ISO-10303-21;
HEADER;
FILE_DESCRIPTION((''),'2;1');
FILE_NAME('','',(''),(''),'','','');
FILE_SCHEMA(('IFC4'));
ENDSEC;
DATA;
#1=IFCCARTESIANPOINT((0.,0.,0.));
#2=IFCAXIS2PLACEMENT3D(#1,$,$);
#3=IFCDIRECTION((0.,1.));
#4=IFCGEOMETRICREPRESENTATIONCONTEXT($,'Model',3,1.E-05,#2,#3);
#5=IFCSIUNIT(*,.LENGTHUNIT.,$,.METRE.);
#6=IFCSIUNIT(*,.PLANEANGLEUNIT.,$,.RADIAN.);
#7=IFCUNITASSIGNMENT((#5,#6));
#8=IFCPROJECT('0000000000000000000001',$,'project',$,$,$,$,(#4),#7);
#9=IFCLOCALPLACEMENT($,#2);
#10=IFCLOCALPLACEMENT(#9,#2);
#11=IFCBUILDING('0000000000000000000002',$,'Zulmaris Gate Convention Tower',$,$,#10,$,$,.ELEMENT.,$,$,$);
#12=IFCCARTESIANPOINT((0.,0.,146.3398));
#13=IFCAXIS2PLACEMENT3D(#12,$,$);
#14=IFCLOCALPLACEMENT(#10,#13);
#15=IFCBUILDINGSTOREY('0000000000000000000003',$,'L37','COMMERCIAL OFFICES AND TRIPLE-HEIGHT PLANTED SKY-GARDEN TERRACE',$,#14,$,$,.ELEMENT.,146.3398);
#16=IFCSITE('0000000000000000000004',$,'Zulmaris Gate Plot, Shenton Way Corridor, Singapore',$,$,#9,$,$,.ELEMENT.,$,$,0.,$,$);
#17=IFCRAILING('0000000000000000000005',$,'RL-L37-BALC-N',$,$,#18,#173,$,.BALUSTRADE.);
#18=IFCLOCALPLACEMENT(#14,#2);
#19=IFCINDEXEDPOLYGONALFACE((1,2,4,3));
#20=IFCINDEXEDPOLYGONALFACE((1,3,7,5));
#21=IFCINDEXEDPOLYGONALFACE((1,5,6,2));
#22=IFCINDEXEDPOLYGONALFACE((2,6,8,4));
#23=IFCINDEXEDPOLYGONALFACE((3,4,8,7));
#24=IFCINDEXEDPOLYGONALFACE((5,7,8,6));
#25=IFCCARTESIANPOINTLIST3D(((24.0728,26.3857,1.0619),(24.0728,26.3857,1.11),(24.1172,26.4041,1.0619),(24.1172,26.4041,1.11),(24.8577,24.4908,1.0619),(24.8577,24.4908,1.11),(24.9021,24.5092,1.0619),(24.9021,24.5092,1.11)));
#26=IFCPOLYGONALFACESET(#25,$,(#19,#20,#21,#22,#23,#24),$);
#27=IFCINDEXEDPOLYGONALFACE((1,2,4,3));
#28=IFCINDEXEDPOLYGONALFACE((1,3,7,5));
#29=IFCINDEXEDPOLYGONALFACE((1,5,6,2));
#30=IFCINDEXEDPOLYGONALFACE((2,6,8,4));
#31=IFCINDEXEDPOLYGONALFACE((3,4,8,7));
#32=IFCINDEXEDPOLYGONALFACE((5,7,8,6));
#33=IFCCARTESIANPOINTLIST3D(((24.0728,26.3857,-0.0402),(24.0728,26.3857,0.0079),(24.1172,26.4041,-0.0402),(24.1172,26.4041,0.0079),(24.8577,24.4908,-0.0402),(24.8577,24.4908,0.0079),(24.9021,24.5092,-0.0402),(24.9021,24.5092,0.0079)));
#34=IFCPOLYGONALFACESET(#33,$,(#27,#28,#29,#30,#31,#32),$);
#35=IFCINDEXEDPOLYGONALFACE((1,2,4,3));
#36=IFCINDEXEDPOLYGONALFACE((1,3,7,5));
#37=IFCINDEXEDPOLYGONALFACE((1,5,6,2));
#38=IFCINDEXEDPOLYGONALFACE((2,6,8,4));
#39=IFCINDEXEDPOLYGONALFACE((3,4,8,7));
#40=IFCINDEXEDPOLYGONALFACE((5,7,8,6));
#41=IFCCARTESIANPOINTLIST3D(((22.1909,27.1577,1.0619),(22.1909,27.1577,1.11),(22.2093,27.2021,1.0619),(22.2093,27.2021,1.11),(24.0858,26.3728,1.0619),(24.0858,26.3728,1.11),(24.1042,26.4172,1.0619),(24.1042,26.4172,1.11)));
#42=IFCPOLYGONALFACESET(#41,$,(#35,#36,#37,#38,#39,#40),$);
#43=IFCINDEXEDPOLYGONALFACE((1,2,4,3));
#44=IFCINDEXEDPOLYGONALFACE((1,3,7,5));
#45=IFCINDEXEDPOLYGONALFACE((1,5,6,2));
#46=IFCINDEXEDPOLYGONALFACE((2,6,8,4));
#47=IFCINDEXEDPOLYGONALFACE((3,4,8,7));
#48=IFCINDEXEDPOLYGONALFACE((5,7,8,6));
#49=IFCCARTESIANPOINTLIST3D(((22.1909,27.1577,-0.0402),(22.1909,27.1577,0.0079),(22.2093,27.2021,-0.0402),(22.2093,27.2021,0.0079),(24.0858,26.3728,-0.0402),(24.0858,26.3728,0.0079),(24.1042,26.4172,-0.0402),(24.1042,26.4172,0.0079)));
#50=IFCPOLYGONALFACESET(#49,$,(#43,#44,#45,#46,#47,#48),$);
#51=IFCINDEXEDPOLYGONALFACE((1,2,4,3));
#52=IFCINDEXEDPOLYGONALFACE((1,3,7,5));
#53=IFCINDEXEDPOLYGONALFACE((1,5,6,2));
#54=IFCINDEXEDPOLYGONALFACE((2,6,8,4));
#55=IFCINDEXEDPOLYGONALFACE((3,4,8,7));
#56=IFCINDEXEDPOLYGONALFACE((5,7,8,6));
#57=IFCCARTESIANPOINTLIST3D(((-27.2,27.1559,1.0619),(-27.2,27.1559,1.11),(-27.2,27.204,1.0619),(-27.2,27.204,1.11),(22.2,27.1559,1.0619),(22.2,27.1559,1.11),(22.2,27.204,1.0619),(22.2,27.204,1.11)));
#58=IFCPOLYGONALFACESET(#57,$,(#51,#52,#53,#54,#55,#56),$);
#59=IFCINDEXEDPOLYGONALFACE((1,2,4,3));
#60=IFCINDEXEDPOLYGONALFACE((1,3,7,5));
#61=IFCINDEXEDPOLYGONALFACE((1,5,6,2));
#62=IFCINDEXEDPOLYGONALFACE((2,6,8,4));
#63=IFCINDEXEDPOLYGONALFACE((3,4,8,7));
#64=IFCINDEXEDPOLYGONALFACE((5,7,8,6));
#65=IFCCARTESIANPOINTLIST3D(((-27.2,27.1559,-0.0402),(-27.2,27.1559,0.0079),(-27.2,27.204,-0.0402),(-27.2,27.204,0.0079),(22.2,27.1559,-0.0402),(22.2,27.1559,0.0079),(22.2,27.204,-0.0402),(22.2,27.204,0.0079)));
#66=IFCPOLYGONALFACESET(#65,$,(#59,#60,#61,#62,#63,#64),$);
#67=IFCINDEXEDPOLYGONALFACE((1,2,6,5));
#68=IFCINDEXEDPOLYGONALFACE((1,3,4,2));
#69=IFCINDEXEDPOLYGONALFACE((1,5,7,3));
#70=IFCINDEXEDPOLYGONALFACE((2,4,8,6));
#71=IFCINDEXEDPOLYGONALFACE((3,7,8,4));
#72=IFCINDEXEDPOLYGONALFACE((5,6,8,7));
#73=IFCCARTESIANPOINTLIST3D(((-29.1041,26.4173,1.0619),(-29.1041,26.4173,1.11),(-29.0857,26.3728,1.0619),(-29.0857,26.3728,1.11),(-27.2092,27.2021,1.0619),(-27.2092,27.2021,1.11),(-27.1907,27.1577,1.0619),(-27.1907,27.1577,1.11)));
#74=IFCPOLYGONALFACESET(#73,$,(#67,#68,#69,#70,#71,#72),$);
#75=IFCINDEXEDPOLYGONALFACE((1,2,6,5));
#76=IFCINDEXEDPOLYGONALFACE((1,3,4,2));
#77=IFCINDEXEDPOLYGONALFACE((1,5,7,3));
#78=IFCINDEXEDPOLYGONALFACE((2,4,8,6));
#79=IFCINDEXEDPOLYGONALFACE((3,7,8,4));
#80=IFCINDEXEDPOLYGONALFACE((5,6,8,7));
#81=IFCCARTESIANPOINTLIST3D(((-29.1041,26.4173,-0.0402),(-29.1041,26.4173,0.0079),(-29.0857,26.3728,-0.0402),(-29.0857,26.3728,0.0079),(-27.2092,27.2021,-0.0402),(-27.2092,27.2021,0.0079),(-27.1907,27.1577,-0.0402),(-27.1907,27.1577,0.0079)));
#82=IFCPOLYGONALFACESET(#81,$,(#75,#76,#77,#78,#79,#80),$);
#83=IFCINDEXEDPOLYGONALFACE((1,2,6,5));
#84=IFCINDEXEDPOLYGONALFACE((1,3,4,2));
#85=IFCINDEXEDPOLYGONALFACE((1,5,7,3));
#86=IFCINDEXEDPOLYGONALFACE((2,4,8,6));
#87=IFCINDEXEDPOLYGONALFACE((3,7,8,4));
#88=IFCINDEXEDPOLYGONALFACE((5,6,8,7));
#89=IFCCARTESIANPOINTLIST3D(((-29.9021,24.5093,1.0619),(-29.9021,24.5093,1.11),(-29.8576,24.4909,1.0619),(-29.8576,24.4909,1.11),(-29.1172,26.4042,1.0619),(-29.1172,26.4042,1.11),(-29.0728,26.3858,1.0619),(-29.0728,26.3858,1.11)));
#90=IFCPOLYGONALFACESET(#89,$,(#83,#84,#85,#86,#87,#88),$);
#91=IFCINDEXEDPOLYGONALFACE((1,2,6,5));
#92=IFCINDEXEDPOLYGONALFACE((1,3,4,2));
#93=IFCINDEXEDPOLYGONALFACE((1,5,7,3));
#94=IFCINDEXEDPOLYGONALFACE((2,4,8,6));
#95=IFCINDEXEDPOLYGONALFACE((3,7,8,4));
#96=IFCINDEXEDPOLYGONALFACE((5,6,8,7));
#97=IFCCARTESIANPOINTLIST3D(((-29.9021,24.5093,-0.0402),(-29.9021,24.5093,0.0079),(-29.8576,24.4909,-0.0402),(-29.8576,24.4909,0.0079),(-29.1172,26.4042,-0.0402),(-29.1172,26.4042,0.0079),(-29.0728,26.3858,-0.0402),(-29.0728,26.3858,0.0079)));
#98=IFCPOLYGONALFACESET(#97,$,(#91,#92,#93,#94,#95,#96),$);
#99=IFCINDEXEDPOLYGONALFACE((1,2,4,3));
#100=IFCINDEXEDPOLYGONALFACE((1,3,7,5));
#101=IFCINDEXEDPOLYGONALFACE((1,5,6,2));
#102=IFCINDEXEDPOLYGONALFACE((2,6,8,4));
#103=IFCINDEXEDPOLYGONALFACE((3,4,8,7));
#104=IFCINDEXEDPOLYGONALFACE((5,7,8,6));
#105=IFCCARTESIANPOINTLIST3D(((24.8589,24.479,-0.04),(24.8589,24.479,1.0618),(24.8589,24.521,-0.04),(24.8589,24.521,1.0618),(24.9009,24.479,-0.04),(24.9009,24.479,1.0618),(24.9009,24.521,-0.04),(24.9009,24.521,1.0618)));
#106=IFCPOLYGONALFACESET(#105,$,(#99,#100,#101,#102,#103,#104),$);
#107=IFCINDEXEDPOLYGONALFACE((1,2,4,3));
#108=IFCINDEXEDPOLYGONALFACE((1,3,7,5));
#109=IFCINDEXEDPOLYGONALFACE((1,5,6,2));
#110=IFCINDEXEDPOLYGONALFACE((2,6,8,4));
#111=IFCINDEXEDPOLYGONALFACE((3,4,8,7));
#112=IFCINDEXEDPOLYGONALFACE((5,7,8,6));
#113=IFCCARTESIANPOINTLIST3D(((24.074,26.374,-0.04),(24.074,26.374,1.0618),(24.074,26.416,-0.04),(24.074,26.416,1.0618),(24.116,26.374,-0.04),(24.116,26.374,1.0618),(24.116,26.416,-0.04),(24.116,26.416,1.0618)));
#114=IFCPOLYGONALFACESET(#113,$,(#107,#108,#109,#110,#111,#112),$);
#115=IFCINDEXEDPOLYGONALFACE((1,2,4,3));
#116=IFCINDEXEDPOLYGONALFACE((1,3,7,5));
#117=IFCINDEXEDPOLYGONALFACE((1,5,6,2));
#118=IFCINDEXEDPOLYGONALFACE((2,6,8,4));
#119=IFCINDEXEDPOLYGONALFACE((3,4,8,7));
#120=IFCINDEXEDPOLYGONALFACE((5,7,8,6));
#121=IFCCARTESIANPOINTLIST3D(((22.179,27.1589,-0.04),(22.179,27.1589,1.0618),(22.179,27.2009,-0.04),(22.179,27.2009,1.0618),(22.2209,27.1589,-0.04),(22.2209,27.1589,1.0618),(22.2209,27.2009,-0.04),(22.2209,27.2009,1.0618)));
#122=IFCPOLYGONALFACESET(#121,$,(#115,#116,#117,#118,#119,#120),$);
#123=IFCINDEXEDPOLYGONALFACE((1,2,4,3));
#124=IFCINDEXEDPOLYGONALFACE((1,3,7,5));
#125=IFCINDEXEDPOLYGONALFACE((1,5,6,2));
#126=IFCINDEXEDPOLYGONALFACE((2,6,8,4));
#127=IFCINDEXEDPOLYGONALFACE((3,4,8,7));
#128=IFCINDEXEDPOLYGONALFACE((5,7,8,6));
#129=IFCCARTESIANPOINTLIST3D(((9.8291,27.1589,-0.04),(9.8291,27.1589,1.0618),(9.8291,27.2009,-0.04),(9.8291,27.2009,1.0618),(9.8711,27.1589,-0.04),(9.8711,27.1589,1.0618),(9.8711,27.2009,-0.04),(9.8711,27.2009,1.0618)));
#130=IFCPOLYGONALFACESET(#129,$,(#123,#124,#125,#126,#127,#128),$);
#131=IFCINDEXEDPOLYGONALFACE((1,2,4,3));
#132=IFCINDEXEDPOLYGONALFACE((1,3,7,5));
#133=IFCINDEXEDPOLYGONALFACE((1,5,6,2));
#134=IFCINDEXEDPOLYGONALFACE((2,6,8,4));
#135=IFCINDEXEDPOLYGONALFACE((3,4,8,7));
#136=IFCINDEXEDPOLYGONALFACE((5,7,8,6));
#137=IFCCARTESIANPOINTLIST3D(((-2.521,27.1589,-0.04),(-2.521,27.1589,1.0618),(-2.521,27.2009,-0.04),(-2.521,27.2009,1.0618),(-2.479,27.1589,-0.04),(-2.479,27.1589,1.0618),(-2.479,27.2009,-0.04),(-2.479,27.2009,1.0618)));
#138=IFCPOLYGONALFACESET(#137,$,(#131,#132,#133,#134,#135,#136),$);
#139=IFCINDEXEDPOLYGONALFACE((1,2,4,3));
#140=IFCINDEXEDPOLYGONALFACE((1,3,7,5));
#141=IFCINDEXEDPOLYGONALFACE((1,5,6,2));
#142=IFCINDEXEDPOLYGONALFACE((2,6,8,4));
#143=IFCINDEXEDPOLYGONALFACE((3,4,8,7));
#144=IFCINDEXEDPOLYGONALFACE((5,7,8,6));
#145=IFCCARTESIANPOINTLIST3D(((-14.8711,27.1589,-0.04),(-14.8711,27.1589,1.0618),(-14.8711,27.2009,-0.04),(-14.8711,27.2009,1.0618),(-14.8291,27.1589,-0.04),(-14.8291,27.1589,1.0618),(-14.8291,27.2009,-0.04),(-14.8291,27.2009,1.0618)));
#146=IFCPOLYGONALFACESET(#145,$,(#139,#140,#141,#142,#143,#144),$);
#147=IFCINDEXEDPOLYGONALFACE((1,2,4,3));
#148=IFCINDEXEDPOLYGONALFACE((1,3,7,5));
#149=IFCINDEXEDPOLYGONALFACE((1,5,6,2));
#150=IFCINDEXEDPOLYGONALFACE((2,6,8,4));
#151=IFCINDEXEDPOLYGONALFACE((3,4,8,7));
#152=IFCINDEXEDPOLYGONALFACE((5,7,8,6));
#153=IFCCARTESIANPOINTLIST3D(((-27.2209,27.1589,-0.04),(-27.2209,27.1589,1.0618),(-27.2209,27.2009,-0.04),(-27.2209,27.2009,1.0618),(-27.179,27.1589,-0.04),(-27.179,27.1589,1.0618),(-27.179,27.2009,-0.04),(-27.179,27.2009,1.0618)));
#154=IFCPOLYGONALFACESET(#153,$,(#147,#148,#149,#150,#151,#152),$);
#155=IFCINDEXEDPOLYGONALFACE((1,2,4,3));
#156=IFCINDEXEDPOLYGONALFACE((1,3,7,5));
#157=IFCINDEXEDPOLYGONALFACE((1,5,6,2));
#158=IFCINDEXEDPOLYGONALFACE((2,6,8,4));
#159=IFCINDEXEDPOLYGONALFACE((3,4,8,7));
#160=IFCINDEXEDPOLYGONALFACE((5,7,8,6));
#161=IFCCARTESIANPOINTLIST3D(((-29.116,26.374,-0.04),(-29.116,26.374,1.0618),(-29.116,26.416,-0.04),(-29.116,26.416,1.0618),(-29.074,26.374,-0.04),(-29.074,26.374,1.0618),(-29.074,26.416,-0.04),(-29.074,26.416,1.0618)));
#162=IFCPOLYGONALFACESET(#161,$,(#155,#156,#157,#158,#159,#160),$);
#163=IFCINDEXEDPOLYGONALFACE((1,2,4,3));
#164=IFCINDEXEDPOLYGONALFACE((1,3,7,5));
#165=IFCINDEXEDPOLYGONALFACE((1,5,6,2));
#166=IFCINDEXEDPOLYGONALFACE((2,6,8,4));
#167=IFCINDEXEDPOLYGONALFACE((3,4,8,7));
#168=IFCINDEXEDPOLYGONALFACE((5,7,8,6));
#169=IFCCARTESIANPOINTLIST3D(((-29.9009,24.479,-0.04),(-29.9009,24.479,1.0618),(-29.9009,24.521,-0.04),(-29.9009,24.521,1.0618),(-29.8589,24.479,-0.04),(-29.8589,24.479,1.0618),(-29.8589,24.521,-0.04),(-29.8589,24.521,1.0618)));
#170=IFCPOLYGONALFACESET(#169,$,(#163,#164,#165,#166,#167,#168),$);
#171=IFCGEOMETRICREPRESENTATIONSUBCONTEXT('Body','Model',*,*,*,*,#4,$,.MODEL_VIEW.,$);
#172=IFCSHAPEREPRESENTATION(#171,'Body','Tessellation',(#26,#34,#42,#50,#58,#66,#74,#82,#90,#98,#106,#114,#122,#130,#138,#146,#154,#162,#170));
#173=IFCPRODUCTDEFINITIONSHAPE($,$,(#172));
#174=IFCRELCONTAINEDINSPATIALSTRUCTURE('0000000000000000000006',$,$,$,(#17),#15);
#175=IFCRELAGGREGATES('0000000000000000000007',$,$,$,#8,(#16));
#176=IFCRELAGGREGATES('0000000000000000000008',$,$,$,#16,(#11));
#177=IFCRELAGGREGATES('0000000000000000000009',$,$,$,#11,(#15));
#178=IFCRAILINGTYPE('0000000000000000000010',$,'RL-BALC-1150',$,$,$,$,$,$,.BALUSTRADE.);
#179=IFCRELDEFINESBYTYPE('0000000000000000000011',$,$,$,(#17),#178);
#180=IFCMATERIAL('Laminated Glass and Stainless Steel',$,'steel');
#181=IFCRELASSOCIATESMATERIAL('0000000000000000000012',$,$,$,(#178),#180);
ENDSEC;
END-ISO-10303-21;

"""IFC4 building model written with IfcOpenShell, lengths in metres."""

from ifc_helpers import new_model, si_unit, direction, frame, origin, origin_2d, place, context, subcontext, project, spatial, rectangle, extrude, material, type_object, element, save


model = new_model("IFC4")

# Units and contexts
model_context = context("Model", 3, precision=1e-05, world=origin(), true_north=direction((0.0, 1.0)))
body_context = subcontext(model_context, "Body", "Model", "MODEL_VIEW")
ifc_project = project(units=[si_unit("LENGTHUNIT", "METRE"), si_unit("PLANEANGLEUNIT", "RADIAN")], contexts=[model_context])

# Site, building, storey
site_placement = place(None, origin())
site = spatial("IfcSite", under=ifc_project, at=site_placement, Name="Zulmaris Gate Plot, Shenton Way Corridor, Singapore", CompositionType="ELEMENT", RefElevation=0.0)
building_placement = place(site_placement, origin())
building = spatial("IfcBuilding", under=site, at=building_placement, Name="Zulmaris Gate Convention Tower", CompositionType="ELEMENT")
storey_placement = place(building_placement, frame((0.0, 0.0, 146.3398)))
storey = spatial("IfcBuildingStorey", under=building, at=storey_placement, Name="L37", Description="COMMERCIAL OFFICES AND TRIPLE-HEIGHT PLANTED SKY-GARDEN TERRACE", CompositionType="ELEMENT", Elevation=146.3398)

# Railing
ifc_material_1 = material(Name="Laminated Glass and Stainless Steel", Category="steel")
railing_type = type_object("IfcRailingType", Name="RL-BALC-1150", PredefinedType="BALUSTRADE", material=ifc_material_1)
railing_placement = place(storey_placement, frame((24.8799, 24.5, -0.04)))
element("IfcRailing", 1, at=railing_placement, inside=storey, type_object=railing_type, Name="RL-L37-BALC-N", PredefinedType="BALUSTRADE", context=body_context, shape_type="SweptSolid", body=[
    extrude(rectangle(XDim=0.0481, YDim=0.0481, at=origin_2d()), frame((0.0, 0.0, 1.126), z_axis=(-0.382671, 0.923885, 0.0), x_axis=(-0.923885, -0.382671, 0.0)), (0.0, 0.0, 1.0), 2.051),
    extrude(rectangle(XDim=0.0481, YDim=0.0481, at=origin_2d()), frame((0.0, 0.0, 0.0239), z_axis=(-0.382671, 0.923885, 0.0), x_axis=(-0.923885, -0.382671, 0.0)), (0.0, 0.0, 1.0), 2.051),
    extrude(rectangle(XDim=0.0481, YDim=0.0481, at=origin_2d()), frame((-0.7849, 1.895, 1.126), z_axis=(-0.923885, 0.382671, 0.0), x_axis=(-0.382671, -0.923885, 0.0)), (0.0, 0.0, 1.0), 2.051),
    extrude(rectangle(XDim=0.0481, YDim=0.0481, at=origin_2d()), frame((-0.7849, 1.895, 0.0239), z_axis=(-0.923885, 0.382671, 0.0), x_axis=(-0.382671, -0.923885, 0.0)), (0.0, 0.0, 1.0), 2.051),
    extrude(rectangle(XDim=0.0481, YDim=0.0481, at=origin_2d()), frame((-2.6799, 2.6799, 1.126), z_axis=(-1.0, 0.0, 0.0), x_axis=(0.0, -1.0, 0.0)), (0.0, 0.0, 1.0), 49.3999),
    extrude(rectangle(XDim=0.0481, YDim=0.0481, at=origin_2d()), frame((-2.6799, 2.6799, 0.0239), z_axis=(-1.0, 0.0, 0.0), x_axis=(0.0, -1.0, 0.0)), (0.0, 0.0, 1.0), 49.3999),
    extrude(rectangle(XDim=0.0481, YDim=0.0481, at=origin_2d()), frame((-52.0798, 2.6799, 1.126), z_axis=(-0.923885, -0.382671, 0.0), x_axis=(0.382671, -0.923885, 0.0)), (0.0, 0.0, 1.0), 2.051),
    extrude(rectangle(XDim=0.0481, YDim=0.0481, at=origin_2d()), frame((-52.0798, 2.6799, 0.0239), z_axis=(-0.923885, -0.382671, 0.0), x_axis=(0.382671, -0.923885, 0.0)), (0.0, 0.0, 1.0), 2.051),
    extrude(rectangle(XDim=0.0481, YDim=0.0481, at=origin_2d()), frame((-53.9749, 1.895, 1.126), z_axis=(-0.382671, -0.923885, 0.0), x_axis=(0.923885, -0.382671, 0.0)), (0.0, 0.0, 1.0), 2.051),
    extrude(rectangle(XDim=0.0481, YDim=0.0481, at=origin_2d()), frame((-53.9749, 1.895, 0.0239), z_axis=(-0.382671, -0.923885, 0.0), x_axis=(0.923885, -0.382671, 0.0)), (0.0, 0.0, 1.0), 2.051),
    extrude(rectangle(XDim=0.042, YDim=0.042, at=origin_2d()), origin(), (0.0, 0.0, 1.0), 1.1018),
    extrude(rectangle(XDim=0.042, YDim=0.042, at=origin_2d()), frame((-0.7849, 1.895, 0.0)), (0.0, 0.0, 1.0), 1.1018),
    extrude(rectangle(XDim=0.042, YDim=0.042, at=origin_2d()), frame((-2.6799, 2.6799, 0.0)), (0.0, 0.0, 1.0), 1.1018),
    extrude(rectangle(XDim=0.042, YDim=0.042, at=origin_2d()), frame((-15.0298, 2.6799, 0.0)), (0.0, 0.0, 1.0), 1.1018),
    extrude(rectangle(XDim=0.042, YDim=0.042, at=origin_2d()), frame((-27.3799, 2.6799, 0.0)), (0.0, 0.0, 1.0), 1.1018),
    extrude(rectangle(XDim=0.042, YDim=0.042, at=origin_2d()), frame((-39.73, 2.6799, 0.0)), (0.0, 0.0, 1.0), 1.1018),
    extrude(rectangle(XDim=0.042, YDim=0.042, at=origin_2d()), frame((-52.0798, 2.6799, 0.0)), (0.0, 0.0, 1.0), 1.1018),
    extrude(rectangle(XDim=0.042, YDim=0.042, at=origin_2d()), frame((-53.9749, 1.895, 0.0)), (0.0, 0.0, 1.0), 1.1018),
    extrude(rectangle(XDim=0.042, YDim=0.042, at=origin_2d()), frame((-54.7598, 0.0, 0.0)), (0.0, 0.0, 1.0), 1.1018),
])

save(model, "model.ifc")
